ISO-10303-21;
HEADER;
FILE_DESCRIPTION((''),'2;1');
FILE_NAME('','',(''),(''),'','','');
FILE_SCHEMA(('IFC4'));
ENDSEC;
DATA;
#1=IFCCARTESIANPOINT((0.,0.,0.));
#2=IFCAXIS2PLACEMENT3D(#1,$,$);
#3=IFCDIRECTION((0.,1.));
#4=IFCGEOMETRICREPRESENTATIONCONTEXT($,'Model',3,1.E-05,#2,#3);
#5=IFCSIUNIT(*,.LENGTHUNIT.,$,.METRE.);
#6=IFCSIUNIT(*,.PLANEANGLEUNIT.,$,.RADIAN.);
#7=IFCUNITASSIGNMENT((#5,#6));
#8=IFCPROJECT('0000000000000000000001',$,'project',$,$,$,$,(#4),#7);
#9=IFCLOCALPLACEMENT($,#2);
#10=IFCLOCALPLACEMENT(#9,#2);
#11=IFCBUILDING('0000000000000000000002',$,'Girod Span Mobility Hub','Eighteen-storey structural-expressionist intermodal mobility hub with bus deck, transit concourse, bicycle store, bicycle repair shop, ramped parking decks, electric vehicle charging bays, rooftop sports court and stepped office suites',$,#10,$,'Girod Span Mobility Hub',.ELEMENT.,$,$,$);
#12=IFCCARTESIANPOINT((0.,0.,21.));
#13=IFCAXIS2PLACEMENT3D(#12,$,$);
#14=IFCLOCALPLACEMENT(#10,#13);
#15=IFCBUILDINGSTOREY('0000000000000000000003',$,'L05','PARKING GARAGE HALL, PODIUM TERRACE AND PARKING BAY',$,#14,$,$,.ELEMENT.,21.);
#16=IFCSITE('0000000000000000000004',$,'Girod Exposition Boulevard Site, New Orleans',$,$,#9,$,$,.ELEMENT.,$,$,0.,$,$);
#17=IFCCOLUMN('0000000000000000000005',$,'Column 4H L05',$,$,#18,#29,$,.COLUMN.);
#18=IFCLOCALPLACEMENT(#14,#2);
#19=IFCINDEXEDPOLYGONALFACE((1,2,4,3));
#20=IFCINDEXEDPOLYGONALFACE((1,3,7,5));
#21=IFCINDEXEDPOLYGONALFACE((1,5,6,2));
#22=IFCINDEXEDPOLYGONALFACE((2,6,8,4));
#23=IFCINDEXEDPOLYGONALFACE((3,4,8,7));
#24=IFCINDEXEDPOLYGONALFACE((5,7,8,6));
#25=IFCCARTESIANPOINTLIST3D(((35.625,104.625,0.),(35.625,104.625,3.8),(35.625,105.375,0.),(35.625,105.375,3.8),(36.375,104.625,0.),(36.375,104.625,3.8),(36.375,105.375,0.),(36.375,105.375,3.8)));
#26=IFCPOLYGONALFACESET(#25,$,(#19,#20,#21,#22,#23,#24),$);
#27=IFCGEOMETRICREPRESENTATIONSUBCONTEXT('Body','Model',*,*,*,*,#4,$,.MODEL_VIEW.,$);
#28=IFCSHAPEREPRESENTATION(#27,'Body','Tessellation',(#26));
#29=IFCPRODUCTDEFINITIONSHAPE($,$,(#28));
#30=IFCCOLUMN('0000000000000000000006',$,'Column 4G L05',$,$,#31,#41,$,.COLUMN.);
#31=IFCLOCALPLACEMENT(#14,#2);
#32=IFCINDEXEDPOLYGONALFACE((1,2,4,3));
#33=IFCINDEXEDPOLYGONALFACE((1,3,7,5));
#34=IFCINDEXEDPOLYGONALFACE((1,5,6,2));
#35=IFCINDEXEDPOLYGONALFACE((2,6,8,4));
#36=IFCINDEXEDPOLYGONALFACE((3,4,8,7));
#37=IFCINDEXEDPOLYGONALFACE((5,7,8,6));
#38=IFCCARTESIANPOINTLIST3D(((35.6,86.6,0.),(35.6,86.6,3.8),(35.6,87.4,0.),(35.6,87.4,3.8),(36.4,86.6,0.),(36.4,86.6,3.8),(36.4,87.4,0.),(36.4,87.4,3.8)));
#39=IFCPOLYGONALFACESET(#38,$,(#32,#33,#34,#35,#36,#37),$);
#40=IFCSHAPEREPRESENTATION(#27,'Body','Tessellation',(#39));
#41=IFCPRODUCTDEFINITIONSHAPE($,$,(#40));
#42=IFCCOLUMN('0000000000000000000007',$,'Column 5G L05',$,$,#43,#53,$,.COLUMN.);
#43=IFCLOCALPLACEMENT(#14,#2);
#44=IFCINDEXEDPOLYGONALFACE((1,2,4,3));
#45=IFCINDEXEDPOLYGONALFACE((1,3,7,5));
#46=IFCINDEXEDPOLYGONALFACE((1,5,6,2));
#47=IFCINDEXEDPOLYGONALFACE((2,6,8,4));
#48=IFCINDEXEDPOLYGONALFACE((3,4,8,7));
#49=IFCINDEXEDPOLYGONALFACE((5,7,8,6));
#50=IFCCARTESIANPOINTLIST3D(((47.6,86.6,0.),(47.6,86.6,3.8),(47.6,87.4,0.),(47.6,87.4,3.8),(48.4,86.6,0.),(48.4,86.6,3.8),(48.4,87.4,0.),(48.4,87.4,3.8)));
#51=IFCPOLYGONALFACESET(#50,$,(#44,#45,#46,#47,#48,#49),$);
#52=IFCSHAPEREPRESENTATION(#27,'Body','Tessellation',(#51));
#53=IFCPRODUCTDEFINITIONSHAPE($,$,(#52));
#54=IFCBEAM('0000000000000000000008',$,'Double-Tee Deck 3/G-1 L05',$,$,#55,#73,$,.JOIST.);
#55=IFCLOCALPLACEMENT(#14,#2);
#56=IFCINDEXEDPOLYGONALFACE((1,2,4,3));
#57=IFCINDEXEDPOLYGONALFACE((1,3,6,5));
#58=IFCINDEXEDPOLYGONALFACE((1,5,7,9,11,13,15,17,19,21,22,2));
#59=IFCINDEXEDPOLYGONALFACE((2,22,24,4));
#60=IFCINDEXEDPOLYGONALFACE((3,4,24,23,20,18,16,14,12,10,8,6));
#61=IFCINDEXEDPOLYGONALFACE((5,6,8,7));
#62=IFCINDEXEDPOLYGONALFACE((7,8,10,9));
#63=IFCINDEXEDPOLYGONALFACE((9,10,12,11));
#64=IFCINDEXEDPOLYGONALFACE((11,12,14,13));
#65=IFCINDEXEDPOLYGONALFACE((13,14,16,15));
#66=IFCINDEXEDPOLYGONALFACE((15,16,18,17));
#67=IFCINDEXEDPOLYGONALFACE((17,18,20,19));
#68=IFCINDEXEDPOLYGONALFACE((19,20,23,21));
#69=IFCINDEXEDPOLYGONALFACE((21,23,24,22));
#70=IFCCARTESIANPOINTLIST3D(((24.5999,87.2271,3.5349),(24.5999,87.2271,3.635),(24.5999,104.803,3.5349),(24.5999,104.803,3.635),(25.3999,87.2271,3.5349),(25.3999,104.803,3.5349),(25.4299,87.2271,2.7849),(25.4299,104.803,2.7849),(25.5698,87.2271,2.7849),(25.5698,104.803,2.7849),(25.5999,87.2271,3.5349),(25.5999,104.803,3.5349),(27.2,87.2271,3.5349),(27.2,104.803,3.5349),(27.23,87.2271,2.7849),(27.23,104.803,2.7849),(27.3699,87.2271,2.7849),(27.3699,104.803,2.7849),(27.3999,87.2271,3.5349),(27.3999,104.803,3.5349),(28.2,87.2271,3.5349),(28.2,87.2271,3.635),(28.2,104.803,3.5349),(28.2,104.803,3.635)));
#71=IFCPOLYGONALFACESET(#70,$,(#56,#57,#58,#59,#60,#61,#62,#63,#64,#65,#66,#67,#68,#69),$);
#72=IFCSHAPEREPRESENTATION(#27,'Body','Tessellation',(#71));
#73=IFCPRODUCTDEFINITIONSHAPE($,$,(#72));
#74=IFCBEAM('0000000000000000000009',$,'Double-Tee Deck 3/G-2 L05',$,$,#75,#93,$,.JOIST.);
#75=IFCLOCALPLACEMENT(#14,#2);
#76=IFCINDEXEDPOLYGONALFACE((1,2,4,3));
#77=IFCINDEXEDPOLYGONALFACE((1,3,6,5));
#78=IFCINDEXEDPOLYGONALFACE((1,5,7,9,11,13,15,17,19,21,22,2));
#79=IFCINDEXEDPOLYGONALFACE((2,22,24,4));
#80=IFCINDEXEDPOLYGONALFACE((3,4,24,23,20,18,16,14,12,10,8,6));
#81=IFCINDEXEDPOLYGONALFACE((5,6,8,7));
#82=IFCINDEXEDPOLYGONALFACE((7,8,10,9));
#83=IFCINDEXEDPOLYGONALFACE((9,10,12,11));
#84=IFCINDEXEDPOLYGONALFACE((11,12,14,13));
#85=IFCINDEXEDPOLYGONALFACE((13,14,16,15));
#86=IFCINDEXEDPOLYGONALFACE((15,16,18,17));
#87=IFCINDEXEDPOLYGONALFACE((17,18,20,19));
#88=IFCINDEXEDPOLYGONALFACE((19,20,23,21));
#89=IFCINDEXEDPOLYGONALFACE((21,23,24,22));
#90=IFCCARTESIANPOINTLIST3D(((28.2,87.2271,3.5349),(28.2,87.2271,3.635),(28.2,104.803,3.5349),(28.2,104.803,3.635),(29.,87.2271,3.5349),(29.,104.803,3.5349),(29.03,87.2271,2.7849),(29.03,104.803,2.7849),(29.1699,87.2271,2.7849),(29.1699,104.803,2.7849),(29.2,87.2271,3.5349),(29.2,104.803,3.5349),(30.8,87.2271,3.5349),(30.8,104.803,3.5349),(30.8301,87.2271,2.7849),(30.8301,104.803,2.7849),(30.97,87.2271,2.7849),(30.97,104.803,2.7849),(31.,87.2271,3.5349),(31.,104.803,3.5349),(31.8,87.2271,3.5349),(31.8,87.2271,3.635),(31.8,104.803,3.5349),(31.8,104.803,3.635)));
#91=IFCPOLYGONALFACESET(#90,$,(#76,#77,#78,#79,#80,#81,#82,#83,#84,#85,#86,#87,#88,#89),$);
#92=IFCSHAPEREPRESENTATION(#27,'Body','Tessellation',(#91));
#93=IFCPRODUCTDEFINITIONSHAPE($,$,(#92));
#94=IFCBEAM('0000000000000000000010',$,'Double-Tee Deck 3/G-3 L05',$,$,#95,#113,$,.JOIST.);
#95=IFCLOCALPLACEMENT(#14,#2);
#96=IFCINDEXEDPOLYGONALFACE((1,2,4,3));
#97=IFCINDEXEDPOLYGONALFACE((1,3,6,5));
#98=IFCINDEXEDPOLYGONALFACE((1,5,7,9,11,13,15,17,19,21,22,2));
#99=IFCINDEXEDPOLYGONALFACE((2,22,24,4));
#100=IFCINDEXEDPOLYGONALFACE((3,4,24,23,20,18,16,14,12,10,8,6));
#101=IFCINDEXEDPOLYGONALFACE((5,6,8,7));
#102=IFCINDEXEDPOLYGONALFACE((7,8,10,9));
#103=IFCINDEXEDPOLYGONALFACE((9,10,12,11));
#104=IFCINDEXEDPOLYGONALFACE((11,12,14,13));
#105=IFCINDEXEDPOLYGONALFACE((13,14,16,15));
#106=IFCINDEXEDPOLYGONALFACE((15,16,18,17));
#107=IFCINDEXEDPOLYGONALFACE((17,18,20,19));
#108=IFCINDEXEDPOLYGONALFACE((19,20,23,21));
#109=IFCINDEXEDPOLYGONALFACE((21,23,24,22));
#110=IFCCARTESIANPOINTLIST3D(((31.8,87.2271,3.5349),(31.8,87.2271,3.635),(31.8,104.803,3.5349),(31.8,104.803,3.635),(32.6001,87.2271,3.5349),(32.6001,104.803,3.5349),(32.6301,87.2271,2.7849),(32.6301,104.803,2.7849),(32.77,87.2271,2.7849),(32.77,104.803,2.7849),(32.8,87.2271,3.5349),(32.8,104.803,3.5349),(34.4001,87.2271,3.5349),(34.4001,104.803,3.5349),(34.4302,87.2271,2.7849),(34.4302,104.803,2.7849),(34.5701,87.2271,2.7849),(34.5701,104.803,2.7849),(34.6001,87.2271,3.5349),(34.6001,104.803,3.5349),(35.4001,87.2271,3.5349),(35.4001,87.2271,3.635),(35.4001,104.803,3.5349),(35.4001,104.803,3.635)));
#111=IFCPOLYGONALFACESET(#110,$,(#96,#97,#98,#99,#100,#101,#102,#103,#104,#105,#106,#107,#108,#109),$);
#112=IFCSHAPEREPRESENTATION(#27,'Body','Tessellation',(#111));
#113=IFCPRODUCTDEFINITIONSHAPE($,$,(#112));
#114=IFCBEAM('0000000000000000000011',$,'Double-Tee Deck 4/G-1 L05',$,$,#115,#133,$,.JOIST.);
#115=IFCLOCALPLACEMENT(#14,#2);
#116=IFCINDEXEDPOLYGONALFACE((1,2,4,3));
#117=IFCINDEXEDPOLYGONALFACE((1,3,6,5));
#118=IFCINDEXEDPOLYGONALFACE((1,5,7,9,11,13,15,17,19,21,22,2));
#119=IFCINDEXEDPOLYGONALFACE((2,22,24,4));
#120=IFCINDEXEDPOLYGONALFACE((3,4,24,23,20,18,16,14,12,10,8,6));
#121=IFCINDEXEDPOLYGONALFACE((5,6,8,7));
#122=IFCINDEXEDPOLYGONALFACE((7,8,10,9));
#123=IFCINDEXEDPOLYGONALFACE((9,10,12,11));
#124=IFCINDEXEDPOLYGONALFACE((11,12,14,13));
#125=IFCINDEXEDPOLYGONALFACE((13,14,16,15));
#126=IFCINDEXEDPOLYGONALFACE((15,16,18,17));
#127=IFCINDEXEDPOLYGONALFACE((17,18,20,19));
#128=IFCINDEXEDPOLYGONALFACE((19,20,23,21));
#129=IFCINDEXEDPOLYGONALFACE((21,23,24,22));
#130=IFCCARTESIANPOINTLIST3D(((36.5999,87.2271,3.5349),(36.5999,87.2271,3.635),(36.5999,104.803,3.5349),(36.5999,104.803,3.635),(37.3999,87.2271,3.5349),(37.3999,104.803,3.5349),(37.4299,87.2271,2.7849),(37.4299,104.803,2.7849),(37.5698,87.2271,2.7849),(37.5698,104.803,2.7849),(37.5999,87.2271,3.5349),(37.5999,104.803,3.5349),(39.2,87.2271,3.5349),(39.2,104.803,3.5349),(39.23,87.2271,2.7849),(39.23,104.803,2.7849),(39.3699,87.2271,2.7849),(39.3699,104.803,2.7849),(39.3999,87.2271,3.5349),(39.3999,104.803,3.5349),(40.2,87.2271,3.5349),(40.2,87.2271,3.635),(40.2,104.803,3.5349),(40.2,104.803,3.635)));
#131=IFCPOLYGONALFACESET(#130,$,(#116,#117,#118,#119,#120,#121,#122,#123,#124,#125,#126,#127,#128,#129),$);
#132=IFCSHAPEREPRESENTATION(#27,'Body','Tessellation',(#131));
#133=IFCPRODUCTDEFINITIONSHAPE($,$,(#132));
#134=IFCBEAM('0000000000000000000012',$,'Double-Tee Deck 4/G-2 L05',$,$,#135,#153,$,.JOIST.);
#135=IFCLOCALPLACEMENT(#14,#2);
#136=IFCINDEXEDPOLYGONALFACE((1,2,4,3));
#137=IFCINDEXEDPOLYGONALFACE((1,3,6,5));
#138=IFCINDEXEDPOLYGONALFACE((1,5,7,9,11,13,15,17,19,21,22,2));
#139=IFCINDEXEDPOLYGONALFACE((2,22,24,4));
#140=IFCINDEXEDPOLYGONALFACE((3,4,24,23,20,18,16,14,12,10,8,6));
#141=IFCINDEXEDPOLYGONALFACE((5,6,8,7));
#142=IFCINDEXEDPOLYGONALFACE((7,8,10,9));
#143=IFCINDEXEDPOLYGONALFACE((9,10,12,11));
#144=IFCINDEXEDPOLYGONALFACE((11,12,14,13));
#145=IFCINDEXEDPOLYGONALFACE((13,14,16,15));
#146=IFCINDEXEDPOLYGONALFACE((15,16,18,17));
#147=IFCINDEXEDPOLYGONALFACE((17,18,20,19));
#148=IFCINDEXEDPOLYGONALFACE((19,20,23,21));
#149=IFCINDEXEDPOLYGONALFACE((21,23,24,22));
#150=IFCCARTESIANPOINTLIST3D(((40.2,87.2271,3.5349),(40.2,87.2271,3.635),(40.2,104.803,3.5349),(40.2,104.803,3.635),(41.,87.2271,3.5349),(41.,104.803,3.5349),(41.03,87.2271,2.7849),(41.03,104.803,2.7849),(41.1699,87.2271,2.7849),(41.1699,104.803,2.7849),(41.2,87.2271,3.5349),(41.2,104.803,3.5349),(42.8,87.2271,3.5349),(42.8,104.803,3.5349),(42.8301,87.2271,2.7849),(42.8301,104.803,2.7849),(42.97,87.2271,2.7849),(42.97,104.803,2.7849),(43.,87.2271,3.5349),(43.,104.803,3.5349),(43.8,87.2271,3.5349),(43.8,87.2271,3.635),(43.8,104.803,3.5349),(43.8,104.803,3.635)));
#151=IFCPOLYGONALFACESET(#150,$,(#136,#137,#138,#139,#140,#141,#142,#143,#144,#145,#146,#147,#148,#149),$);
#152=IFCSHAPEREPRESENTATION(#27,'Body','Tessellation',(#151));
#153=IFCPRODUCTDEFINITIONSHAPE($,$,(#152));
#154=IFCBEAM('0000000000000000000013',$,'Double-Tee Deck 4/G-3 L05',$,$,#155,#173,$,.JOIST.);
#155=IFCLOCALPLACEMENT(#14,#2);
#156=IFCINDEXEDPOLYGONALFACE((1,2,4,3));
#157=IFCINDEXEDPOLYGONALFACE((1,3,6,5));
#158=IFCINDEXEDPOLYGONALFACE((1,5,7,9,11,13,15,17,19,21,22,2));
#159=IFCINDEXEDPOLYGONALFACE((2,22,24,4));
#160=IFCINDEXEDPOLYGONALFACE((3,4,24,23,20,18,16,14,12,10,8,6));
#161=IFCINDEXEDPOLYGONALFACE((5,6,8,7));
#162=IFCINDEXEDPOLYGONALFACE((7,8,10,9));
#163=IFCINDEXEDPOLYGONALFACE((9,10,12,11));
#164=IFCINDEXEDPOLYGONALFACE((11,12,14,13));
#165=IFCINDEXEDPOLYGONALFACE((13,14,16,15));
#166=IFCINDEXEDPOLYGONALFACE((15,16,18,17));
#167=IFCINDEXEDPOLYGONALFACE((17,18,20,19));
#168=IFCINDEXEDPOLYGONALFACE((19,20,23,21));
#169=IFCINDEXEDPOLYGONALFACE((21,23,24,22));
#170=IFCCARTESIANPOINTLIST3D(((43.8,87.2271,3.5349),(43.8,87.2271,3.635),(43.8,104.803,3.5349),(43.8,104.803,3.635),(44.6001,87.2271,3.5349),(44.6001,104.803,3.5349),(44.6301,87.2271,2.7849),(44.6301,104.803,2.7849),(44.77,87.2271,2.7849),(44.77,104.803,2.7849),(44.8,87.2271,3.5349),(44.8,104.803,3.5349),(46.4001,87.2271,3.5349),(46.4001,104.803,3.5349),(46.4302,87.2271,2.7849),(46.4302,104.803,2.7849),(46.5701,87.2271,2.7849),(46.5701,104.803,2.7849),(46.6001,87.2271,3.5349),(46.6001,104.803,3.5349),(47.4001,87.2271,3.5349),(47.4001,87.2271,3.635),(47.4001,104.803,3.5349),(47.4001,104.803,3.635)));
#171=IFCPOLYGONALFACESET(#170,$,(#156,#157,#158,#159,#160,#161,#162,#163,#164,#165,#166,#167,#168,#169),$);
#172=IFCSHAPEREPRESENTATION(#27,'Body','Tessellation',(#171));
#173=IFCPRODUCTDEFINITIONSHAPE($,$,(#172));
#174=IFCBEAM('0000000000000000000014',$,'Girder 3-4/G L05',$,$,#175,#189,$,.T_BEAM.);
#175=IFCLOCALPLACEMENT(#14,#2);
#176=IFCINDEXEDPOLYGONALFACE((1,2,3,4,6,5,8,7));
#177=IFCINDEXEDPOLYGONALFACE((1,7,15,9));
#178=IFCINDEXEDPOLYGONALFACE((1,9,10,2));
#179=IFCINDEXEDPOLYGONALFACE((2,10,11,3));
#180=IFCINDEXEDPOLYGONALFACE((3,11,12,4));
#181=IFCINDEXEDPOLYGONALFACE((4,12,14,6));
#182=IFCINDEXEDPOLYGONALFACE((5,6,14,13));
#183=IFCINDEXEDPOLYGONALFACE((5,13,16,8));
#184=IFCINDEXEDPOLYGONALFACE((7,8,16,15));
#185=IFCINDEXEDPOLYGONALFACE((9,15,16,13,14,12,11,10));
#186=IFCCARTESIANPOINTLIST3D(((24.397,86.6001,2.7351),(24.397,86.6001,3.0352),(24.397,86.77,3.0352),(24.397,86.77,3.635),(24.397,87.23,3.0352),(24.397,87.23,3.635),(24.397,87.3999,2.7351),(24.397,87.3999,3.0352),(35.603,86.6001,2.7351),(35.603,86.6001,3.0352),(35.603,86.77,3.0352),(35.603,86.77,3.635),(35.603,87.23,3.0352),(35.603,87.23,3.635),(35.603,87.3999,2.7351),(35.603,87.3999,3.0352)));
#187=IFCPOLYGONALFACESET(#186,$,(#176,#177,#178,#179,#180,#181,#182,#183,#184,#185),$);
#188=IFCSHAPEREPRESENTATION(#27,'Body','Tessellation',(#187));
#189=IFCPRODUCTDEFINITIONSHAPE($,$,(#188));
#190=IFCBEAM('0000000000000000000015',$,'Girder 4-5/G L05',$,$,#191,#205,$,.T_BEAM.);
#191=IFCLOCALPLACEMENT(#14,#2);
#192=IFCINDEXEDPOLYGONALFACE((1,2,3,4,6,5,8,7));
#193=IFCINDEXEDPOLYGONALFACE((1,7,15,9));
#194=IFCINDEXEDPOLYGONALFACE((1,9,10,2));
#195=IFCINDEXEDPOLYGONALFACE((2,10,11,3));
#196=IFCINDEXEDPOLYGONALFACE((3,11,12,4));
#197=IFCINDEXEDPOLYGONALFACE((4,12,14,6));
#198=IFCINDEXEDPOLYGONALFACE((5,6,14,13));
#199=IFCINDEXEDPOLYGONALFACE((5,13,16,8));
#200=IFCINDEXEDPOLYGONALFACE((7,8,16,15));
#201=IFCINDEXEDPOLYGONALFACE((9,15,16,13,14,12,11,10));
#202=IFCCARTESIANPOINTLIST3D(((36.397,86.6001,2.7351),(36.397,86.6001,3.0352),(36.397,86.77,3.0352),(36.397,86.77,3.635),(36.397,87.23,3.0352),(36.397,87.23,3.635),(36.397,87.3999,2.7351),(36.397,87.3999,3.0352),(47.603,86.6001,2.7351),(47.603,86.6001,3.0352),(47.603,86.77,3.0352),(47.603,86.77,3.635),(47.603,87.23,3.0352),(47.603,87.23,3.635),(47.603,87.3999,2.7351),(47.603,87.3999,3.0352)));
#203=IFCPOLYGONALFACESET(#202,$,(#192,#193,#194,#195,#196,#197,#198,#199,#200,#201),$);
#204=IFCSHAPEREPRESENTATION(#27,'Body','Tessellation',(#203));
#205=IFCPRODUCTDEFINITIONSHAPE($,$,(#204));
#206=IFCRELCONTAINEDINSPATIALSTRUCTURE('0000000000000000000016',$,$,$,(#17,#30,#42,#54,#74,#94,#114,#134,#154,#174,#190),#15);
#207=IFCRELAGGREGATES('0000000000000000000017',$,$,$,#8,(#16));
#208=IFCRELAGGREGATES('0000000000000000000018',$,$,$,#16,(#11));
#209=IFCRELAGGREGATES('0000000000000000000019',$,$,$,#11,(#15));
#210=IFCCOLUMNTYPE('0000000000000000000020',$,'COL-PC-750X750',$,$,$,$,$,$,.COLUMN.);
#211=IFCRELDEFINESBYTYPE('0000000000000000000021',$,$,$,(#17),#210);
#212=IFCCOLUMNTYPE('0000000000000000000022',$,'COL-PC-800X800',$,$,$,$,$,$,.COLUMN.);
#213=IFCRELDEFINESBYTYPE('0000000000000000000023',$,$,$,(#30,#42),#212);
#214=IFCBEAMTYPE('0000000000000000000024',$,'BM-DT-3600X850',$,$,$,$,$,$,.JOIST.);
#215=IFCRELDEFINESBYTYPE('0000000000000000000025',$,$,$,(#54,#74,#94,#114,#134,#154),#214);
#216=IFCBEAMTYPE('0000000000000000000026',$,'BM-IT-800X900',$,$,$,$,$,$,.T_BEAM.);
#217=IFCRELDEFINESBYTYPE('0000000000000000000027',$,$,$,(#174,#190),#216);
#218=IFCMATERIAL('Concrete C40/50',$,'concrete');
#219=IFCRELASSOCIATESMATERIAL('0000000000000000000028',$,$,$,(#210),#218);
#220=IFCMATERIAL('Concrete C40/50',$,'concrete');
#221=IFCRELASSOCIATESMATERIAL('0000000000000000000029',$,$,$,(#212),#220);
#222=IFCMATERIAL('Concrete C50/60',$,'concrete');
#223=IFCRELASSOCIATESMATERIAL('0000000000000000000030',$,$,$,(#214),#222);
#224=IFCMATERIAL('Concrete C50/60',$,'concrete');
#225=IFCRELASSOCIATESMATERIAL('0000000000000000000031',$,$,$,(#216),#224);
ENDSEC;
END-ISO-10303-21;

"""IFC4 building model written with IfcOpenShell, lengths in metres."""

from ifc_helpers import new_model, si_unit, direction, frame, origin, origin_2d, place, context, subcontext, project, spatial, polyline, rectangle, outline, extrude, material, material_profile, profile_set, type_object, element, save


model = new_model("IFC4")

# Units and contexts
model_context = context("Model", 3, precision=1e-05, world=origin(), true_north=direction((0.0, 1.0)))
body_context = subcontext(model_context, "Body", "Model", "MODEL_VIEW")
ifc_project = project(units=[si_unit("LENGTHUNIT", "METRE"), si_unit("PLANEANGLEUNIT", "RADIAN")], contexts=[model_context])

# Site, building, storey
site_placement = place(None, origin())
site = spatial("IfcSite", under=ifc_project, at=site_placement, Name="Girod Exposition Boulevard Site, New Orleans", CompositionType="ELEMENT", RefElevation=0.0)
building_placement = place(site_placement, origin())
building = spatial("IfcBuilding", under=site, at=building_placement, Name="Girod Span Mobility Hub", Description="Eighteen-storey structural-expressionist intermodal mobility hub with bus deck, transit concourse, bicycle store, bicycle repair shop, ramped parking decks, electric vehicle charging bays, rooftop sports court and stepped office suites", LongName="Girod Span Mobility Hub", CompositionType="ELEMENT")
storey_placement = place(building_placement, frame((0.0, 0.0, 21.0)))
storey = spatial("IfcBuildingStorey", under=building, at=storey_placement, Name="L05", Description="PARKING GARAGE HALL, PODIUM TERRACE AND PARKING BAY", CompositionType="ELEMENT", Elevation=21.0)

# Columns
ifc_material_1 = material(Name="Concrete C40/50", Category="concrete")
ifc_material_profile_1 = material_profile(ifc_material_1, rectangle(XDim=0.75, YDim=0.75, at=origin_2d()), Name="PC-COL-750X750")
ifc_profile_set_1 = profile_set([ifc_material_profile_1], Name="Concrete C40/50")
column_type_1 = type_object("IfcColumnType", Name="COL-PC-750X750", PredefinedType="COLUMN", material=ifc_profile_set_1)
column_placement = place(storey_placement, frame((36.0, 105.0, 0.0), z_axis=(0.0, 0.0, 1.0), x_axis=(1.0, 0.0, 0.0)))
element("IfcColumn", 1, at=column_placement, inside=storey, type_object=column_type_1, Name="Column 4H L05", PredefinedType="COLUMN", context=body_context, shape_type="SweptSolid", body=[
    extrude(rectangle(XDim=0.75, YDim=0.75, at=origin_2d()), origin(), (0.0, 0.0, 1.0), 3.8),
])
ifc_material_2 = material(Name="Concrete C40/50", Category="concrete")
ifc_material_profile_2 = material_profile(ifc_material_2, rectangle(XDim=0.8, YDim=0.8, at=origin_2d()), Name="PC-COL-800X800")
ifc_profile_set_2 = profile_set([ifc_material_profile_2], Name="Concrete C40/50")
column_type_2 = type_object("IfcColumnType", Name="COL-PC-800X800", PredefinedType="COLUMN", material=ifc_profile_set_2)
for number, where, z_axis, x_axis, name in (
    (2, (36.0, 87.0, 0.0), (0.0, 0.0, 1.0), (1.0, 0.0, 0.0), "Column 4G L05"),
    (3, (48.0, 87.0, 0.0), (0.0, 0.0, 1.0), (1.0, 0.0, 0.0), "Column 5G L05"),
):
    element("IfcColumn", number, at=place(storey_placement, frame(where, z_axis=z_axis, x_axis=x_axis)), inside=storey, type_object=column_type_2, Name=name, PredefinedType="COLUMN", context=body_context, shape_type="SweptSolid", body=[
        extrude(rectangle(XDim=0.8, YDim=0.8, at=origin_2d()), origin(), (0.0, 0.0, 1.0), 3.8),
    ])

# Beams
ifc_material_3 = material(Name="Concrete C50/60", Category="concrete")
ifc_material_profile_3 = material_profile(ifc_material_3, outline(polyline([(-1.8, 0.425), (-1.8, 0.325), (-1.0, 0.325), (-0.97, -0.425), (-0.8301, -0.425), (-0.8, 0.325), (0.8, 0.325), (0.8301, -0.425), (0.97, -0.425), (1.0, 0.325), (1.8, 0.325), (1.8, 0.425), (-1.8, 0.425)])), Name="DT-3600X850")
ifc_profile_set_3 = profile_set([ifc_material_profile_3], Name="Concrete C50/60")
beam_type_1 = type_object("IfcBeamType", Name="BM-DT-3600X850", PredefinedType="JOIST", material=ifc_profile_set_3)
for number, where, z_axis, x_axis, name in (
    (4, (26.3999, 87.2271, 3.21), (0.0, 1.0, 0.0), (-1.0, 0.0, 0.0), "Double-Tee Deck 3/G-1 L05"),
    (5, (30.0, 87.2271, 3.21), (0.0, 1.0, 0.0), (-1.0, 0.0, 0.0), "Double-Tee Deck 3/G-2 L05"),
    (6, (33.6001, 87.2271, 3.21), (0.0, 1.0, 0.0), (-1.0, 0.0, 0.0), "Double-Tee Deck 3/G-3 L05"),
    (7, (38.3999, 87.2271, 3.21), (0.0, 1.0, 0.0), (-1.0, 0.0, 0.0), "Double-Tee Deck 4/G-1 L05"),
    (8, (42.0, 87.2271, 3.21), (0.0, 1.0, 0.0), (-1.0, 0.0, 0.0), "Double-Tee Deck 4/G-2 L05"),
    (9, (45.6001, 87.2271, 3.21), (0.0, 1.0, 0.0), (-1.0, 0.0, 0.0), "Double-Tee Deck 4/G-3 L05"),
):
    element("IfcBeam", number, at=place(storey_placement, frame(where, z_axis=z_axis, x_axis=x_axis)), inside=storey, type_object=beam_type_1, Name=name, PredefinedType="JOIST", context=body_context, shape_type="SweptSolid", body=[
        extrude(outline(polyline([(-1.8, 0.425), (-1.8, 0.325), (-1.0, 0.325), (-0.97, -0.425), (-0.8301, -0.425), (-0.8, 0.325), (0.8, 0.325), (0.8301, -0.425), (0.97, -0.425), (1.0, 0.325), (1.8, 0.325), (1.8, 0.425), (-1.8, 0.425)])), origin(), (0.0, 0.0, 1.0), 17.5759),
    ])
ifc_material_4 = material(Name="Concrete C50/60", Category="concrete")
ifc_material_profile_4 = material_profile(ifc_material_4, outline(polyline([(-0.3999, -0.45), (0.3999, -0.45), (0.3999, -0.1499), (0.23, -0.1499), (0.23, 0.45), (-0.23, 0.45), (-0.23, -0.1499), (-0.3999, -0.1499), (-0.3999, -0.45)])), Name="IT-800X900")
ifc_profile_set_4 = profile_set([ifc_material_profile_4], Name="Concrete C50/60")
beam_type_2 = type_object("IfcBeamType", Name="BM-IT-800X900", PredefinedType="T_BEAM", material=ifc_profile_set_4)
for number, where, z_axis, x_axis, name in (
    (10, (24.397, 87.0, 3.1851), (1.0, 0.0, 0.0), (0.0, 1.0, 0.0), "Girder 3-4/G L05"),
    (11, (36.397, 87.0, 3.1851), (1.0, 0.0, 0.0), (0.0, 1.0, 0.0), "Girder 4-5/G L05"),
):
    element("IfcBeam", number, at=place(storey_placement, frame(where, z_axis=z_axis, x_axis=x_axis)), inside=storey, type_object=beam_type_2, Name=name, PredefinedType="T_BEAM", context=body_context, shape_type="SweptSolid", body=[
        extrude(outline(polyline([(-0.3999, -0.45), (0.3999, -0.45), (0.3999, -0.1499), (0.23, -0.1499), (0.23, 0.45), (-0.23, 0.45), (-0.23, -0.1499), (-0.3999, -0.1499), (-0.3999, -0.45)])), origin(), (0.0, 0.0, 1.0), 11.2061),
    ])

save(model, "model.ifc")
